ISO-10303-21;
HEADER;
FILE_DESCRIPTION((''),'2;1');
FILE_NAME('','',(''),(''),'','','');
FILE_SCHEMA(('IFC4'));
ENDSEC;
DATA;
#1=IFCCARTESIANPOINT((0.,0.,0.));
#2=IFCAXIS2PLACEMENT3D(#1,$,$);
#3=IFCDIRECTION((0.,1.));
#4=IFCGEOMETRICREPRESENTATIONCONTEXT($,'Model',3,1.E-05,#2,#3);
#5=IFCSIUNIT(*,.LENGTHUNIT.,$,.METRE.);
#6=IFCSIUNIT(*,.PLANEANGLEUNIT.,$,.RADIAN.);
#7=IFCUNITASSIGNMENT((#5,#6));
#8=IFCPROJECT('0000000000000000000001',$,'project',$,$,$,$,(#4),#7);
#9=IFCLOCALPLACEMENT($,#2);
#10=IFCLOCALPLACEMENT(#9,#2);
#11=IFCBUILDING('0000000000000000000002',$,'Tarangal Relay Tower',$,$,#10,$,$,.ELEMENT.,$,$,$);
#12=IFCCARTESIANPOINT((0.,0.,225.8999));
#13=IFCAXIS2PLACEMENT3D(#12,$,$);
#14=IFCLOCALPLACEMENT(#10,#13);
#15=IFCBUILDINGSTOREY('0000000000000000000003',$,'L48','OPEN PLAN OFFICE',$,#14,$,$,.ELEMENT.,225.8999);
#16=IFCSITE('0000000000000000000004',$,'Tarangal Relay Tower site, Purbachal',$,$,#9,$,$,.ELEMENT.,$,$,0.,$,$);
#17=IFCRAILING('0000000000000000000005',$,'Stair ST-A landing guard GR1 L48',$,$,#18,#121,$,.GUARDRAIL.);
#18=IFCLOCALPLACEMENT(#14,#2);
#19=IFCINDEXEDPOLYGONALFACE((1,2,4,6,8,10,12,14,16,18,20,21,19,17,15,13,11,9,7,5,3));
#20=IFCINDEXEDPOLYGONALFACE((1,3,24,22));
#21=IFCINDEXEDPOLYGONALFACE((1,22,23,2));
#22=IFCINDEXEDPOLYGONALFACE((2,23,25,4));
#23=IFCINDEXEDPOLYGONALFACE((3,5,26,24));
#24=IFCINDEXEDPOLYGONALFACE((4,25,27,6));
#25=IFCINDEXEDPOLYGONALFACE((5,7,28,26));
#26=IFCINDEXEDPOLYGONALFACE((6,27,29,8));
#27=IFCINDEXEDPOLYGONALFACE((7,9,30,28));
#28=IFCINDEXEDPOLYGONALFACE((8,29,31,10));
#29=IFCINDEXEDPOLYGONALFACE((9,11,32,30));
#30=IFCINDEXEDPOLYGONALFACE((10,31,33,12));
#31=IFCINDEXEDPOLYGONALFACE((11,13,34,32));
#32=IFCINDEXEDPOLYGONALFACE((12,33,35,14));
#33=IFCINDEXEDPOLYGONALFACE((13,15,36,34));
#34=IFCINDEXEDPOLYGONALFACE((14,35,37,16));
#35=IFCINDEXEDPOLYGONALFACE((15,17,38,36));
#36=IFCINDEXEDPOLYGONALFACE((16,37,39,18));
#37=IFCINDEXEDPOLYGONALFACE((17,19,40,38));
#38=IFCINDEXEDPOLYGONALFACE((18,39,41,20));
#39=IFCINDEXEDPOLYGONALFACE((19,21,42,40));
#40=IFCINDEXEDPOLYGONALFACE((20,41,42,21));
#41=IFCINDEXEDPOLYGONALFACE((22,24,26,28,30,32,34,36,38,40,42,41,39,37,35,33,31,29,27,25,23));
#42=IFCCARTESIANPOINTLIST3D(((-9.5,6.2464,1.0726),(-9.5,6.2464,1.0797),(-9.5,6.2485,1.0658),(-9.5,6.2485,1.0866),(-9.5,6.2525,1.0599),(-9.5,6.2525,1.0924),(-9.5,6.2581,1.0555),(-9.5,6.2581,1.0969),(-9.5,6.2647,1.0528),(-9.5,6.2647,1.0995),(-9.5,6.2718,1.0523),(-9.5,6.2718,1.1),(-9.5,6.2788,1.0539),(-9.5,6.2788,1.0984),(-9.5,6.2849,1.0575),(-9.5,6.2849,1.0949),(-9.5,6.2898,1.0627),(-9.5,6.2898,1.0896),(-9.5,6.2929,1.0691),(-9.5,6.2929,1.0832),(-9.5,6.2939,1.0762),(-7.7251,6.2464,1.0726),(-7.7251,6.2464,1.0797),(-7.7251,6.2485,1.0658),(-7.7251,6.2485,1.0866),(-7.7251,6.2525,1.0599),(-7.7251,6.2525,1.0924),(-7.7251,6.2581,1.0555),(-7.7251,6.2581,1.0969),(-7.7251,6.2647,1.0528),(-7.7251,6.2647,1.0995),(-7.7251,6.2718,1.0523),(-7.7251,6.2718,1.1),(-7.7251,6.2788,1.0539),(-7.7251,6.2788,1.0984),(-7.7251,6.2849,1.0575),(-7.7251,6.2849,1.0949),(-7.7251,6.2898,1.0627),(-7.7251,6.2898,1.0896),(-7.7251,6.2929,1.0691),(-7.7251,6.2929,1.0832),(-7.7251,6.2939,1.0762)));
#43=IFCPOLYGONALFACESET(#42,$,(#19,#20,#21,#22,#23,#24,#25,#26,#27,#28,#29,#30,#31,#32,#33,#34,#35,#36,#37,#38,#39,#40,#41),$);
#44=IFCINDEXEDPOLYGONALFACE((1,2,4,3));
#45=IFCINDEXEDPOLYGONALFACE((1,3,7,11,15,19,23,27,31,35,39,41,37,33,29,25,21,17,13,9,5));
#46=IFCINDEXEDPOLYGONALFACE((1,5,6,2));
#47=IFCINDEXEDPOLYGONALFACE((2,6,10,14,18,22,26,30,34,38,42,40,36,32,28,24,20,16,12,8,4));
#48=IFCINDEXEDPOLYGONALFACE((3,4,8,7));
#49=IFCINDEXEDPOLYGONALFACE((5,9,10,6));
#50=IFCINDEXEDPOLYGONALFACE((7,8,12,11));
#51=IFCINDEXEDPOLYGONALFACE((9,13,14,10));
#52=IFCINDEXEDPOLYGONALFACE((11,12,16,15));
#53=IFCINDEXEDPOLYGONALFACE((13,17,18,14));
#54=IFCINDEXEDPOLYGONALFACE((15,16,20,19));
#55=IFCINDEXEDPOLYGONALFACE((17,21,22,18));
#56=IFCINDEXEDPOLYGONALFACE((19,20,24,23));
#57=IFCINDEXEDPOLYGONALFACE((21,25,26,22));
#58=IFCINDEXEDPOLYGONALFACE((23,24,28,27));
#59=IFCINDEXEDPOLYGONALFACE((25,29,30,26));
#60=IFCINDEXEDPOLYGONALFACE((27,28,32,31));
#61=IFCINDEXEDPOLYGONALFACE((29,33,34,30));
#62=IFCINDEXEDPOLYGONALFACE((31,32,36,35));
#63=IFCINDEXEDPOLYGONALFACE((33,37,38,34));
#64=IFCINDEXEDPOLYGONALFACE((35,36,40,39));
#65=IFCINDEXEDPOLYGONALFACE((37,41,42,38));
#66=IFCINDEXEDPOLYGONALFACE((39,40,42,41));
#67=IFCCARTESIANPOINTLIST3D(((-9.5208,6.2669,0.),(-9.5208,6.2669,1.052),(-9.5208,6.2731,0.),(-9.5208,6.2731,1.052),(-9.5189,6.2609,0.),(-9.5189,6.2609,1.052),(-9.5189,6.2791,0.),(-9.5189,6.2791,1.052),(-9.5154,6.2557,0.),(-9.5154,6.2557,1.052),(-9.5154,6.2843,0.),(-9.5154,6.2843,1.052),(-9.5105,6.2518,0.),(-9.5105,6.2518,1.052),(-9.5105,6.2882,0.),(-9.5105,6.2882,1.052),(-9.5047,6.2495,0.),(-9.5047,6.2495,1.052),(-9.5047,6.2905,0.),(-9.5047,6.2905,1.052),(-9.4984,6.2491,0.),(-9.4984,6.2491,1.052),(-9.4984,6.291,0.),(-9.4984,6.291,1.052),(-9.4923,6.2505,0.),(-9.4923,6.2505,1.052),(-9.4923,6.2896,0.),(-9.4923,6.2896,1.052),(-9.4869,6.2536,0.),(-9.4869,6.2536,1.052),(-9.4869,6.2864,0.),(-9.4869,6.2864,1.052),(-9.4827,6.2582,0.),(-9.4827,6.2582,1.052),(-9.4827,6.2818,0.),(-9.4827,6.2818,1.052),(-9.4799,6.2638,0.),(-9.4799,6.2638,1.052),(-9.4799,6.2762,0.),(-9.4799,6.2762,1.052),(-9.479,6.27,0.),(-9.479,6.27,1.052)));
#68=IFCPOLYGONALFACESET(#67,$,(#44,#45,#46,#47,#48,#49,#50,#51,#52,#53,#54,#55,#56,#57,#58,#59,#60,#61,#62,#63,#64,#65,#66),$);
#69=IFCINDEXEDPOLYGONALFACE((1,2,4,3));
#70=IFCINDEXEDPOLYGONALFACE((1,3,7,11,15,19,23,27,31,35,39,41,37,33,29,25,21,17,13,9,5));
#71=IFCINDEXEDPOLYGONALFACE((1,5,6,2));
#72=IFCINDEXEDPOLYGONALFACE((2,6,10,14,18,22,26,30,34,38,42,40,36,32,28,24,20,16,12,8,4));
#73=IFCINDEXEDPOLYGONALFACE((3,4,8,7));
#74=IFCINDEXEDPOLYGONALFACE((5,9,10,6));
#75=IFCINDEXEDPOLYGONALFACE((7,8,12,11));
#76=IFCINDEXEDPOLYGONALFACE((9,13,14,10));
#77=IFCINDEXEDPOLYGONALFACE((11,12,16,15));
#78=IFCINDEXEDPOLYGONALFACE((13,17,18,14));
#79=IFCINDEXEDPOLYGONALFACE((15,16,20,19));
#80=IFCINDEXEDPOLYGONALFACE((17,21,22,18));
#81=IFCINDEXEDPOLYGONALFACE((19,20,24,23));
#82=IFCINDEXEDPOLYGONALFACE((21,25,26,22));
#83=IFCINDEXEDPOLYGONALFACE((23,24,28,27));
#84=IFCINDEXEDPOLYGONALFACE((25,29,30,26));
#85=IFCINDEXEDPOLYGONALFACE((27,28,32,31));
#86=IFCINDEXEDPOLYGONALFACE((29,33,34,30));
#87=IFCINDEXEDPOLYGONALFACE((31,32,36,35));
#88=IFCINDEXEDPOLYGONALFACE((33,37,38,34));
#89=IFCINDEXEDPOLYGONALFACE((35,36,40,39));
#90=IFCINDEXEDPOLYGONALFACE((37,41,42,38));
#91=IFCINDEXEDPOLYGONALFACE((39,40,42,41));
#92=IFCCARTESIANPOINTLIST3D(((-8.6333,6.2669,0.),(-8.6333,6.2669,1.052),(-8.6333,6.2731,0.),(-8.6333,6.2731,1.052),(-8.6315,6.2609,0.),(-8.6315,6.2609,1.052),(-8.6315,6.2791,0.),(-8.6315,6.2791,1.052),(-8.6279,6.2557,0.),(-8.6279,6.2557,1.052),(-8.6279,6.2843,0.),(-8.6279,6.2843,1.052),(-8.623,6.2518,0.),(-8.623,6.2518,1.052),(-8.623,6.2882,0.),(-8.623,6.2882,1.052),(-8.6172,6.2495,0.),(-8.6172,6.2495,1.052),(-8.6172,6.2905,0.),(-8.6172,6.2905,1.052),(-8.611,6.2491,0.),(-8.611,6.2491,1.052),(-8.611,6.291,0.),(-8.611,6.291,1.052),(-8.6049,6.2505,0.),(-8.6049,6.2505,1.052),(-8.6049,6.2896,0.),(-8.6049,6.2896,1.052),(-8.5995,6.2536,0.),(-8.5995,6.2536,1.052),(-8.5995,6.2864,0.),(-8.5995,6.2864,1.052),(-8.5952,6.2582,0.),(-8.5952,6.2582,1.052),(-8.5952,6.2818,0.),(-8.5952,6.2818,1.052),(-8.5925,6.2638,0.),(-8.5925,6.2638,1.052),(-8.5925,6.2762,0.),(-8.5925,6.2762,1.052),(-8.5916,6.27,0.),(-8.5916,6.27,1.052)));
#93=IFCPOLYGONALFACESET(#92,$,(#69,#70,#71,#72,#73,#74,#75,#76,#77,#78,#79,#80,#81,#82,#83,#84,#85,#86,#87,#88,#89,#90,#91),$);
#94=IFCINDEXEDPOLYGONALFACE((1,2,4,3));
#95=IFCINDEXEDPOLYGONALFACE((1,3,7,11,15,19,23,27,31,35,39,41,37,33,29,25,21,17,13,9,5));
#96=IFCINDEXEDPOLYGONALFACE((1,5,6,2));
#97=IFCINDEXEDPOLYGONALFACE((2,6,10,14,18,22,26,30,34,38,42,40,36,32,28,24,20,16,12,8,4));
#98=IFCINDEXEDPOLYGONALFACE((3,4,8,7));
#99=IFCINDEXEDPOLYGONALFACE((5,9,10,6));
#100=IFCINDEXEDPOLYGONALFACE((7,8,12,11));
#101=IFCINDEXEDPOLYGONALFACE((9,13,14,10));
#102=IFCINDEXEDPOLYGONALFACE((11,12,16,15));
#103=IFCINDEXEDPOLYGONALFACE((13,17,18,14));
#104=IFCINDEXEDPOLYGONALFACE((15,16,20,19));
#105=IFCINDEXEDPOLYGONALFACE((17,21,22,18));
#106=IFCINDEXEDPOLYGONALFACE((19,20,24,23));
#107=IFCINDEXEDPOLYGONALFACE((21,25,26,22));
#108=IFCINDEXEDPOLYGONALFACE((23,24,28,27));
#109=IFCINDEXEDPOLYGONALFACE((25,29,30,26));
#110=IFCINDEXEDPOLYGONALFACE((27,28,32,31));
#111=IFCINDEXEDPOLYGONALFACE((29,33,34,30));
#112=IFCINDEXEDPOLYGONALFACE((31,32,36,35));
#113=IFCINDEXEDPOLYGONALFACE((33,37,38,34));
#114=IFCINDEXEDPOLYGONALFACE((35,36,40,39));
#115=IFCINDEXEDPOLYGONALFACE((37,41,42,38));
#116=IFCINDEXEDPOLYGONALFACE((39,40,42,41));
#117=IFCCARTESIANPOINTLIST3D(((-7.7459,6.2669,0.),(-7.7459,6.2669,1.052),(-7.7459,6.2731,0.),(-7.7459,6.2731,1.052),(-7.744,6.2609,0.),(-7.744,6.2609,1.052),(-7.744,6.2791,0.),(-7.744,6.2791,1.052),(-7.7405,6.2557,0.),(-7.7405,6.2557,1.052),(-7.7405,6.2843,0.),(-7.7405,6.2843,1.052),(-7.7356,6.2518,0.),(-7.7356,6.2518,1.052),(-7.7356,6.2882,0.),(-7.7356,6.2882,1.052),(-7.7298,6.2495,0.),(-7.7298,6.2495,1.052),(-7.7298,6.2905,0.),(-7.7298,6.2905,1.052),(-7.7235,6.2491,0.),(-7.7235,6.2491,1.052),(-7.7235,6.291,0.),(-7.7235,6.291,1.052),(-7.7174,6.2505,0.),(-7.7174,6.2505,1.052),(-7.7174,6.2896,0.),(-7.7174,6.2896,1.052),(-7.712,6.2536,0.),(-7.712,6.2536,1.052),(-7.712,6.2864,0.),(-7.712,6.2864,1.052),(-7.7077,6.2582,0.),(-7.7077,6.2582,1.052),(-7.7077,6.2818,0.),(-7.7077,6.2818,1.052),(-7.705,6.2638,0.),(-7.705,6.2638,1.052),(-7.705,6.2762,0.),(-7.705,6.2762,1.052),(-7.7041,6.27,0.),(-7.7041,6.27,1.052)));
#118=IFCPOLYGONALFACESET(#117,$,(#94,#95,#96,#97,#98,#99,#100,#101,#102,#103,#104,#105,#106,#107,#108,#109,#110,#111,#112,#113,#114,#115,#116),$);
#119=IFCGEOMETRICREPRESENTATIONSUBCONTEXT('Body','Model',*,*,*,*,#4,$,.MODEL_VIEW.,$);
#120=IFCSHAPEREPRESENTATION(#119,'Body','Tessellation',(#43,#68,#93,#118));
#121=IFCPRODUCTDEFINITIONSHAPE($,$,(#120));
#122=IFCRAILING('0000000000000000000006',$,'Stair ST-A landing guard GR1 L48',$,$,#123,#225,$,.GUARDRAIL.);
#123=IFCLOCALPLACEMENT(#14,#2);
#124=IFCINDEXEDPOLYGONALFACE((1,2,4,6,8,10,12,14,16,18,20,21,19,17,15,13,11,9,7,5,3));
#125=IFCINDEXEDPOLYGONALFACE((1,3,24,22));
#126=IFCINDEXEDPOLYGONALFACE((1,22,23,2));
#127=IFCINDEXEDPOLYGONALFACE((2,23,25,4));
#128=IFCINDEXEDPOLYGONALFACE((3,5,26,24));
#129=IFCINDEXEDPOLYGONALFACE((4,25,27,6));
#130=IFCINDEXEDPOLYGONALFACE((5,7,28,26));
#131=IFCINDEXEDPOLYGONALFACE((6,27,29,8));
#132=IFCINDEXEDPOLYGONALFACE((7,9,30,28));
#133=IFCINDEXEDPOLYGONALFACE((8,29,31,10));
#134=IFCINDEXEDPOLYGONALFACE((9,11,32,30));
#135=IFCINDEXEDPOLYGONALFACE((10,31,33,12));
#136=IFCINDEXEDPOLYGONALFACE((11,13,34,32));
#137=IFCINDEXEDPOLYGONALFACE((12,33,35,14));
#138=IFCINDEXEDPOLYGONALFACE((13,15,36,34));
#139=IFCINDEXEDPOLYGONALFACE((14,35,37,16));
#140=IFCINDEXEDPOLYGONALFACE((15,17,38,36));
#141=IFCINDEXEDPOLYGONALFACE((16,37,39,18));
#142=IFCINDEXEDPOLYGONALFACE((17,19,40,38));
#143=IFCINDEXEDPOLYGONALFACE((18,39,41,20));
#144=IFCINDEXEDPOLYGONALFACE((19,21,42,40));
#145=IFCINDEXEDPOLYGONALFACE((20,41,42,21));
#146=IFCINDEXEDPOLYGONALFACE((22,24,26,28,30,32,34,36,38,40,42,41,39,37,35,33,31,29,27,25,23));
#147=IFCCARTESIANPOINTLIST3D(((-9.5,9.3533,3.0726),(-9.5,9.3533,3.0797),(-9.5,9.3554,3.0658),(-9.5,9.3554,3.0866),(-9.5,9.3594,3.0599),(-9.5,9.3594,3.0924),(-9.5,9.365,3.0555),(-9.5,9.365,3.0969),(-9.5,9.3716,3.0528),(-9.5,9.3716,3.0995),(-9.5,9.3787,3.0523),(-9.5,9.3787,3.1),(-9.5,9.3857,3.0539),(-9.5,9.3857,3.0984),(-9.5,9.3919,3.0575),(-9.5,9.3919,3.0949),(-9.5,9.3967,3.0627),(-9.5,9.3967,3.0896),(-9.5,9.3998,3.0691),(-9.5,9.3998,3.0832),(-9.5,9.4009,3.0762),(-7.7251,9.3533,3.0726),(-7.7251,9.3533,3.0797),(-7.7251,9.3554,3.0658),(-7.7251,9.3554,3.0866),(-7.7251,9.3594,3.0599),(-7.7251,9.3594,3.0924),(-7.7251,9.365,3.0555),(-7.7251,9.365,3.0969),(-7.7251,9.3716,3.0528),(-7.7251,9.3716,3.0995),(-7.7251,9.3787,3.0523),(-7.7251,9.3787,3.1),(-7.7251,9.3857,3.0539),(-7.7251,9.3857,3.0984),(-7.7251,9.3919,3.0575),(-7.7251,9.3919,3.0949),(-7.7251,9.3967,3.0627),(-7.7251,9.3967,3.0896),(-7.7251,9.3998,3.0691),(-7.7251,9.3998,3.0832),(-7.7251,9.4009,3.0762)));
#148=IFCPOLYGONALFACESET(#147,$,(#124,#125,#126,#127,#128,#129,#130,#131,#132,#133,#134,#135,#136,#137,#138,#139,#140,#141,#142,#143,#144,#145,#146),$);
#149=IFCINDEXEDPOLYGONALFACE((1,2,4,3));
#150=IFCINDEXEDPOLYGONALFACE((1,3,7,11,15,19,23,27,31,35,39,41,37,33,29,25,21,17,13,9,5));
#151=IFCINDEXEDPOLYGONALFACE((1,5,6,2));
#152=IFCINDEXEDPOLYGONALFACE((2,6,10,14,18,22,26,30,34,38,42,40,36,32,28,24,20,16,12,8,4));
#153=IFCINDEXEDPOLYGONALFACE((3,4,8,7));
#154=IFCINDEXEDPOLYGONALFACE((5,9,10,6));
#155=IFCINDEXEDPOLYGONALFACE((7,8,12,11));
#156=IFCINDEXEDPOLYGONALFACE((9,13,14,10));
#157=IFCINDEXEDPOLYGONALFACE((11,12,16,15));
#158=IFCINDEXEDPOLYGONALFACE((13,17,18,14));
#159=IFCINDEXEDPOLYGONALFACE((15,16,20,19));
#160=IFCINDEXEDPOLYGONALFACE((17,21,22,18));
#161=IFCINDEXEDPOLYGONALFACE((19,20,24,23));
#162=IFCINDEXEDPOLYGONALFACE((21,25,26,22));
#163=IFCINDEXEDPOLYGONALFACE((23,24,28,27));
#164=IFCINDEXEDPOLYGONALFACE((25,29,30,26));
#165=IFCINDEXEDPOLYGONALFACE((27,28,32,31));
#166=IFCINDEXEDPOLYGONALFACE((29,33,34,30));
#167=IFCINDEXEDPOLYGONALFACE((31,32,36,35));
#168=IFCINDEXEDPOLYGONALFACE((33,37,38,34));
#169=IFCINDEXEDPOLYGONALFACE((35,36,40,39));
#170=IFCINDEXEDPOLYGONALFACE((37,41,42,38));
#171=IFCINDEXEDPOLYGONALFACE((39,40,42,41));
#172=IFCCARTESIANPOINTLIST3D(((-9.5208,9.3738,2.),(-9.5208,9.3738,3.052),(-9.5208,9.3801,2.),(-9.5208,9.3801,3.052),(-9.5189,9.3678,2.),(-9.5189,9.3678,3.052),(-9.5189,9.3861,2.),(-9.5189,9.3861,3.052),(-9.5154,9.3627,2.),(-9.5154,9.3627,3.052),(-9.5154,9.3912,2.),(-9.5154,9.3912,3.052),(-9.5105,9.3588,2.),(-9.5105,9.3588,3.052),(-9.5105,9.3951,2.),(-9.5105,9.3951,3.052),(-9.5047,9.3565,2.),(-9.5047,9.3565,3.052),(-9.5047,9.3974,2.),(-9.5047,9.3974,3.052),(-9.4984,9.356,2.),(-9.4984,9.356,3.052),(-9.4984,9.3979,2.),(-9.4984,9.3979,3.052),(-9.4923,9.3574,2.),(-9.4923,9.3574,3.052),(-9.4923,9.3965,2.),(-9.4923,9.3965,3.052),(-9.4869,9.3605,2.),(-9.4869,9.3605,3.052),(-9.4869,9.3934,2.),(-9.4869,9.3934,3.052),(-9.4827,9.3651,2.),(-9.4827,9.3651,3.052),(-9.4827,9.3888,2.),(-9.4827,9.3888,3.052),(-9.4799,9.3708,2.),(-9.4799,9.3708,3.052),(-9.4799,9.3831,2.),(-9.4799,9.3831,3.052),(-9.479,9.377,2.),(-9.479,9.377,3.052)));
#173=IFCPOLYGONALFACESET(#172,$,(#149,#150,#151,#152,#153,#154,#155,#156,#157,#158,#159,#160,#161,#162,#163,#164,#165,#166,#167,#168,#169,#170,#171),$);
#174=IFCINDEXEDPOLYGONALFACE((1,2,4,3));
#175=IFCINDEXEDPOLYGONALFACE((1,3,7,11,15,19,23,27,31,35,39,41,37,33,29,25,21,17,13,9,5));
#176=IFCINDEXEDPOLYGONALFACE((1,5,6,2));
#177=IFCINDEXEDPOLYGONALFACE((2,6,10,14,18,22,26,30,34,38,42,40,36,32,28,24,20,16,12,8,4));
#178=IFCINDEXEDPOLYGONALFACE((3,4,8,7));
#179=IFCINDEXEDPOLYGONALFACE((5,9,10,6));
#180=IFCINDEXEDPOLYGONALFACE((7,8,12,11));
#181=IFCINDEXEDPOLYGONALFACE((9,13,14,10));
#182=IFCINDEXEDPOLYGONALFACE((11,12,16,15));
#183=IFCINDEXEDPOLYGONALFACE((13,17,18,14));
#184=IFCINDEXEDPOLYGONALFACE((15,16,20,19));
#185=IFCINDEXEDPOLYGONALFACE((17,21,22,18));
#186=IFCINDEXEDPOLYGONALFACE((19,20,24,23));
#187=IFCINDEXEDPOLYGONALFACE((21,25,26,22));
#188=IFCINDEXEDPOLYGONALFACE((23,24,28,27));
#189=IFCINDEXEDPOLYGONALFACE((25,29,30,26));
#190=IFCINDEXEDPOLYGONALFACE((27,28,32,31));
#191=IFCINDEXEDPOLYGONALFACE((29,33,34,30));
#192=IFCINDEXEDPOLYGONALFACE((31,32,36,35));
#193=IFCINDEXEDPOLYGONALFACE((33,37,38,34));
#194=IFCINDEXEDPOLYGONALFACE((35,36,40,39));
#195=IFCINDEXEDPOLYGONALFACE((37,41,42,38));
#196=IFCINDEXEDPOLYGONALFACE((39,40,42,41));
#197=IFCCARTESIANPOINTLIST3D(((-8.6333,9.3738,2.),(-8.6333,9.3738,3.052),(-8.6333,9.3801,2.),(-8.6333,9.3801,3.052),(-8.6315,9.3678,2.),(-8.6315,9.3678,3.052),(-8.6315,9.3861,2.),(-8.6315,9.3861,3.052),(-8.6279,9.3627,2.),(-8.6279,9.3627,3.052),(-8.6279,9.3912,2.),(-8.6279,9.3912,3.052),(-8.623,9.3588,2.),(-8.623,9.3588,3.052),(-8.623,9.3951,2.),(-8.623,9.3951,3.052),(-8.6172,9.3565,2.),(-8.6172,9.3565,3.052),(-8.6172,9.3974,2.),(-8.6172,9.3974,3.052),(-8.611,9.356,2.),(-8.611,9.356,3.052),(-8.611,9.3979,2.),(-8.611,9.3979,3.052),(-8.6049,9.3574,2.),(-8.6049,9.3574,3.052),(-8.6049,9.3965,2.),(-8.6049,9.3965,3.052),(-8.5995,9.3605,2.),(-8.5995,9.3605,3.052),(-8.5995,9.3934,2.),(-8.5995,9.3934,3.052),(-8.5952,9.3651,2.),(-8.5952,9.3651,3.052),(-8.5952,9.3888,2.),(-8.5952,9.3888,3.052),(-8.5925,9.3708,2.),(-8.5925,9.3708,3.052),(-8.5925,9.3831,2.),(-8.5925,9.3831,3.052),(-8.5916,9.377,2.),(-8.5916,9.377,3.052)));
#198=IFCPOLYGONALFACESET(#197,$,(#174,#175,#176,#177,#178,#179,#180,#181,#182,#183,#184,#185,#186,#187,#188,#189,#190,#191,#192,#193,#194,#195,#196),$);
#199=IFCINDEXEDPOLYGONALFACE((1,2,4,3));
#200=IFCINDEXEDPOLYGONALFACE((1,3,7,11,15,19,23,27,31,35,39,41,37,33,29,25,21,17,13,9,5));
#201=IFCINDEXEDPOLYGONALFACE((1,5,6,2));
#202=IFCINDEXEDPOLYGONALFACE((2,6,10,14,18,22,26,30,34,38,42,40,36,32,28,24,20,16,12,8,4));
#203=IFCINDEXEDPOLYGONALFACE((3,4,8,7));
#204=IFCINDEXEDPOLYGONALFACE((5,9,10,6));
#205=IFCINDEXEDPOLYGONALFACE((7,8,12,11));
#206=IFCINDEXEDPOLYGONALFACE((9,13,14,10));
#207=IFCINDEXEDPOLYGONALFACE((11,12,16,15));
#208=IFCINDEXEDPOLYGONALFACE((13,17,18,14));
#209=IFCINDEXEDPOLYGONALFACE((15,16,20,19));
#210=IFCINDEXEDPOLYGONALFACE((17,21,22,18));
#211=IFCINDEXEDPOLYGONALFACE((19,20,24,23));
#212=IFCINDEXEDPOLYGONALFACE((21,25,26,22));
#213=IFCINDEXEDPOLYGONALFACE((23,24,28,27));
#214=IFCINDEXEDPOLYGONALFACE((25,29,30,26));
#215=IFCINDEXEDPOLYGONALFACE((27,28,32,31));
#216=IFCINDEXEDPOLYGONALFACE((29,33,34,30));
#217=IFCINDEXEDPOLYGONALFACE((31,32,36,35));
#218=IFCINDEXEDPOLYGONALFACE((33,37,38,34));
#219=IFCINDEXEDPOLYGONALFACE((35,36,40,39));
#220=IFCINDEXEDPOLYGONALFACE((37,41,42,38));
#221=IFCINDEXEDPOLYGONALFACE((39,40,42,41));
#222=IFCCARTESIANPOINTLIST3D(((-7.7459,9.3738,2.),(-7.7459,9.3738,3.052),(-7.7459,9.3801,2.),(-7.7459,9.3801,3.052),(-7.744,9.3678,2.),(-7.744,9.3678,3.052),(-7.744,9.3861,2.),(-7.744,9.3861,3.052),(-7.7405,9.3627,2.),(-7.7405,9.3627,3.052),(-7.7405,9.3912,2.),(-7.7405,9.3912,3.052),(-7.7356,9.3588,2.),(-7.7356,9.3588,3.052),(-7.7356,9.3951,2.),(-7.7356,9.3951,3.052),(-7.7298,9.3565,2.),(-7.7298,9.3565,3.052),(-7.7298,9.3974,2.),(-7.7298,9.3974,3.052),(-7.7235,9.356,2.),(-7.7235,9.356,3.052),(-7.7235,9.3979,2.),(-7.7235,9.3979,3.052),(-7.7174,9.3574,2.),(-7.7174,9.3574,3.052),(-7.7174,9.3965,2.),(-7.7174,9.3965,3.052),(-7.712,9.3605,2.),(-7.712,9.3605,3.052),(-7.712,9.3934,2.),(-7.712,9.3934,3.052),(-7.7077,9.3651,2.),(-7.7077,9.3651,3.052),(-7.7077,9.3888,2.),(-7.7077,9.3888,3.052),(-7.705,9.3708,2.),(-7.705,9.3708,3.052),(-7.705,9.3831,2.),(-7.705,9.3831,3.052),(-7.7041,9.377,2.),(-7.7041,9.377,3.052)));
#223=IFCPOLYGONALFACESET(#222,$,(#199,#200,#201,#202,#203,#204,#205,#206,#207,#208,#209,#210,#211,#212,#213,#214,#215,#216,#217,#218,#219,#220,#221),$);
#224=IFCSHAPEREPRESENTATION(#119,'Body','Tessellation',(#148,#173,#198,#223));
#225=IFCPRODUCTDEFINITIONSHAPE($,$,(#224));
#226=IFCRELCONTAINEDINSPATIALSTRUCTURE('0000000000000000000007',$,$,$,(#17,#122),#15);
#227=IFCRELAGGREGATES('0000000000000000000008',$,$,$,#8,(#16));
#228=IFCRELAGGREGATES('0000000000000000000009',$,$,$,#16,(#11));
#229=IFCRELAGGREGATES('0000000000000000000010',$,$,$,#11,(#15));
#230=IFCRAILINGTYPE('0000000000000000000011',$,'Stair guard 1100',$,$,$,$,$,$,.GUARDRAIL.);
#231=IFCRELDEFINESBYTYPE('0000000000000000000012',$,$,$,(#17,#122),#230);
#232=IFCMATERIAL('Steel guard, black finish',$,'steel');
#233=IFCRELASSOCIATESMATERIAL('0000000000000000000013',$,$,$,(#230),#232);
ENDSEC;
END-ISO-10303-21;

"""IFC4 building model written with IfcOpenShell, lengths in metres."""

from ifc_helpers import new_model, si_unit, direction, frame, origin, origin_2d, place, context, subcontext, project, spatial, circle, extrude, material, type_object, element, save


model = new_model("IFC4")

# Units and contexts
model_context = context("Model", 3, precision=1e-05, world=origin(), true_north=direction((0.0, 1.0)))
body_context = subcontext(model_context, "Body", "Model", "MODEL_VIEW")
ifc_project = project(units=[si_unit("LENGTHUNIT", "METRE"), si_unit("PLANEANGLEUNIT", "RADIAN")], contexts=[model_context])

# Site, building, storey
site_placement = place(None, origin())
site = spatial("IfcSite", under=ifc_project, at=site_placement, Name="Tarangal Relay Tower site, Purbachal", CompositionType="ELEMENT", RefElevation=0.0)
building_placement = place(site_placement, origin())
building = spatial("IfcBuilding", under=site, at=building_placement, Name="Tarangal Relay Tower", CompositionType="ELEMENT")
storey_placement = place(building_placement, frame((0.0, 0.0, 225.8999)))
storey = spatial("IfcBuildingStorey", under=building, at=storey_placement, Name="L48", Description="OPEN PLAN OFFICE", CompositionType="ELEMENT", Elevation=225.8999)

# Railings
ifc_material_1 = material(Name="Steel guard, black finish", Category="steel")
railing_type_1 = type_object("IfcRailingType", Name="Stair guard 1100", PredefinedType="GUARDRAIL", material=ifc_material_1)
for number, where, name in (
    (1, (-9.5, 6.27, 0.0), "Stair ST-A landing guard GR1 L48"),
    (2, (-9.5, 9.377, 2.0), "Stair ST-A landing guard GR1 L48"),
):
    element("IfcRailing", number, at=place(storey_placement, frame(where)), inside=storey, type_object=railing_type_1, Name=name, PredefinedType="GUARDRAIL", context=body_context, shape_type="SweptSolid", body=[
        extrude(circle(Radius=0.0239, at=origin_2d()), frame((0.0, 0.0, 1.0762), z_axis=(1.0, 0.0, 0.0), x_axis=(0.0, 1.0, 0.0)), (0.0, 0.0, 1.0), 1.7749),
        extrude(circle(Radius=0.021, at=origin_2d()), origin(), (0.0, 0.0, 1.0), 1.052),
        extrude(circle(Radius=0.021, at=origin_2d()), frame((0.8875, 0.0, 0.0)), (0.0, 0.0, 1.0), 1.052),
        extrude(circle(Radius=0.021, at=origin_2d()), frame((1.7749, 0.0, 0.0)), (0.0, 0.0, 1.0), 1.052),
    ])

save(model, "model.ifc")
